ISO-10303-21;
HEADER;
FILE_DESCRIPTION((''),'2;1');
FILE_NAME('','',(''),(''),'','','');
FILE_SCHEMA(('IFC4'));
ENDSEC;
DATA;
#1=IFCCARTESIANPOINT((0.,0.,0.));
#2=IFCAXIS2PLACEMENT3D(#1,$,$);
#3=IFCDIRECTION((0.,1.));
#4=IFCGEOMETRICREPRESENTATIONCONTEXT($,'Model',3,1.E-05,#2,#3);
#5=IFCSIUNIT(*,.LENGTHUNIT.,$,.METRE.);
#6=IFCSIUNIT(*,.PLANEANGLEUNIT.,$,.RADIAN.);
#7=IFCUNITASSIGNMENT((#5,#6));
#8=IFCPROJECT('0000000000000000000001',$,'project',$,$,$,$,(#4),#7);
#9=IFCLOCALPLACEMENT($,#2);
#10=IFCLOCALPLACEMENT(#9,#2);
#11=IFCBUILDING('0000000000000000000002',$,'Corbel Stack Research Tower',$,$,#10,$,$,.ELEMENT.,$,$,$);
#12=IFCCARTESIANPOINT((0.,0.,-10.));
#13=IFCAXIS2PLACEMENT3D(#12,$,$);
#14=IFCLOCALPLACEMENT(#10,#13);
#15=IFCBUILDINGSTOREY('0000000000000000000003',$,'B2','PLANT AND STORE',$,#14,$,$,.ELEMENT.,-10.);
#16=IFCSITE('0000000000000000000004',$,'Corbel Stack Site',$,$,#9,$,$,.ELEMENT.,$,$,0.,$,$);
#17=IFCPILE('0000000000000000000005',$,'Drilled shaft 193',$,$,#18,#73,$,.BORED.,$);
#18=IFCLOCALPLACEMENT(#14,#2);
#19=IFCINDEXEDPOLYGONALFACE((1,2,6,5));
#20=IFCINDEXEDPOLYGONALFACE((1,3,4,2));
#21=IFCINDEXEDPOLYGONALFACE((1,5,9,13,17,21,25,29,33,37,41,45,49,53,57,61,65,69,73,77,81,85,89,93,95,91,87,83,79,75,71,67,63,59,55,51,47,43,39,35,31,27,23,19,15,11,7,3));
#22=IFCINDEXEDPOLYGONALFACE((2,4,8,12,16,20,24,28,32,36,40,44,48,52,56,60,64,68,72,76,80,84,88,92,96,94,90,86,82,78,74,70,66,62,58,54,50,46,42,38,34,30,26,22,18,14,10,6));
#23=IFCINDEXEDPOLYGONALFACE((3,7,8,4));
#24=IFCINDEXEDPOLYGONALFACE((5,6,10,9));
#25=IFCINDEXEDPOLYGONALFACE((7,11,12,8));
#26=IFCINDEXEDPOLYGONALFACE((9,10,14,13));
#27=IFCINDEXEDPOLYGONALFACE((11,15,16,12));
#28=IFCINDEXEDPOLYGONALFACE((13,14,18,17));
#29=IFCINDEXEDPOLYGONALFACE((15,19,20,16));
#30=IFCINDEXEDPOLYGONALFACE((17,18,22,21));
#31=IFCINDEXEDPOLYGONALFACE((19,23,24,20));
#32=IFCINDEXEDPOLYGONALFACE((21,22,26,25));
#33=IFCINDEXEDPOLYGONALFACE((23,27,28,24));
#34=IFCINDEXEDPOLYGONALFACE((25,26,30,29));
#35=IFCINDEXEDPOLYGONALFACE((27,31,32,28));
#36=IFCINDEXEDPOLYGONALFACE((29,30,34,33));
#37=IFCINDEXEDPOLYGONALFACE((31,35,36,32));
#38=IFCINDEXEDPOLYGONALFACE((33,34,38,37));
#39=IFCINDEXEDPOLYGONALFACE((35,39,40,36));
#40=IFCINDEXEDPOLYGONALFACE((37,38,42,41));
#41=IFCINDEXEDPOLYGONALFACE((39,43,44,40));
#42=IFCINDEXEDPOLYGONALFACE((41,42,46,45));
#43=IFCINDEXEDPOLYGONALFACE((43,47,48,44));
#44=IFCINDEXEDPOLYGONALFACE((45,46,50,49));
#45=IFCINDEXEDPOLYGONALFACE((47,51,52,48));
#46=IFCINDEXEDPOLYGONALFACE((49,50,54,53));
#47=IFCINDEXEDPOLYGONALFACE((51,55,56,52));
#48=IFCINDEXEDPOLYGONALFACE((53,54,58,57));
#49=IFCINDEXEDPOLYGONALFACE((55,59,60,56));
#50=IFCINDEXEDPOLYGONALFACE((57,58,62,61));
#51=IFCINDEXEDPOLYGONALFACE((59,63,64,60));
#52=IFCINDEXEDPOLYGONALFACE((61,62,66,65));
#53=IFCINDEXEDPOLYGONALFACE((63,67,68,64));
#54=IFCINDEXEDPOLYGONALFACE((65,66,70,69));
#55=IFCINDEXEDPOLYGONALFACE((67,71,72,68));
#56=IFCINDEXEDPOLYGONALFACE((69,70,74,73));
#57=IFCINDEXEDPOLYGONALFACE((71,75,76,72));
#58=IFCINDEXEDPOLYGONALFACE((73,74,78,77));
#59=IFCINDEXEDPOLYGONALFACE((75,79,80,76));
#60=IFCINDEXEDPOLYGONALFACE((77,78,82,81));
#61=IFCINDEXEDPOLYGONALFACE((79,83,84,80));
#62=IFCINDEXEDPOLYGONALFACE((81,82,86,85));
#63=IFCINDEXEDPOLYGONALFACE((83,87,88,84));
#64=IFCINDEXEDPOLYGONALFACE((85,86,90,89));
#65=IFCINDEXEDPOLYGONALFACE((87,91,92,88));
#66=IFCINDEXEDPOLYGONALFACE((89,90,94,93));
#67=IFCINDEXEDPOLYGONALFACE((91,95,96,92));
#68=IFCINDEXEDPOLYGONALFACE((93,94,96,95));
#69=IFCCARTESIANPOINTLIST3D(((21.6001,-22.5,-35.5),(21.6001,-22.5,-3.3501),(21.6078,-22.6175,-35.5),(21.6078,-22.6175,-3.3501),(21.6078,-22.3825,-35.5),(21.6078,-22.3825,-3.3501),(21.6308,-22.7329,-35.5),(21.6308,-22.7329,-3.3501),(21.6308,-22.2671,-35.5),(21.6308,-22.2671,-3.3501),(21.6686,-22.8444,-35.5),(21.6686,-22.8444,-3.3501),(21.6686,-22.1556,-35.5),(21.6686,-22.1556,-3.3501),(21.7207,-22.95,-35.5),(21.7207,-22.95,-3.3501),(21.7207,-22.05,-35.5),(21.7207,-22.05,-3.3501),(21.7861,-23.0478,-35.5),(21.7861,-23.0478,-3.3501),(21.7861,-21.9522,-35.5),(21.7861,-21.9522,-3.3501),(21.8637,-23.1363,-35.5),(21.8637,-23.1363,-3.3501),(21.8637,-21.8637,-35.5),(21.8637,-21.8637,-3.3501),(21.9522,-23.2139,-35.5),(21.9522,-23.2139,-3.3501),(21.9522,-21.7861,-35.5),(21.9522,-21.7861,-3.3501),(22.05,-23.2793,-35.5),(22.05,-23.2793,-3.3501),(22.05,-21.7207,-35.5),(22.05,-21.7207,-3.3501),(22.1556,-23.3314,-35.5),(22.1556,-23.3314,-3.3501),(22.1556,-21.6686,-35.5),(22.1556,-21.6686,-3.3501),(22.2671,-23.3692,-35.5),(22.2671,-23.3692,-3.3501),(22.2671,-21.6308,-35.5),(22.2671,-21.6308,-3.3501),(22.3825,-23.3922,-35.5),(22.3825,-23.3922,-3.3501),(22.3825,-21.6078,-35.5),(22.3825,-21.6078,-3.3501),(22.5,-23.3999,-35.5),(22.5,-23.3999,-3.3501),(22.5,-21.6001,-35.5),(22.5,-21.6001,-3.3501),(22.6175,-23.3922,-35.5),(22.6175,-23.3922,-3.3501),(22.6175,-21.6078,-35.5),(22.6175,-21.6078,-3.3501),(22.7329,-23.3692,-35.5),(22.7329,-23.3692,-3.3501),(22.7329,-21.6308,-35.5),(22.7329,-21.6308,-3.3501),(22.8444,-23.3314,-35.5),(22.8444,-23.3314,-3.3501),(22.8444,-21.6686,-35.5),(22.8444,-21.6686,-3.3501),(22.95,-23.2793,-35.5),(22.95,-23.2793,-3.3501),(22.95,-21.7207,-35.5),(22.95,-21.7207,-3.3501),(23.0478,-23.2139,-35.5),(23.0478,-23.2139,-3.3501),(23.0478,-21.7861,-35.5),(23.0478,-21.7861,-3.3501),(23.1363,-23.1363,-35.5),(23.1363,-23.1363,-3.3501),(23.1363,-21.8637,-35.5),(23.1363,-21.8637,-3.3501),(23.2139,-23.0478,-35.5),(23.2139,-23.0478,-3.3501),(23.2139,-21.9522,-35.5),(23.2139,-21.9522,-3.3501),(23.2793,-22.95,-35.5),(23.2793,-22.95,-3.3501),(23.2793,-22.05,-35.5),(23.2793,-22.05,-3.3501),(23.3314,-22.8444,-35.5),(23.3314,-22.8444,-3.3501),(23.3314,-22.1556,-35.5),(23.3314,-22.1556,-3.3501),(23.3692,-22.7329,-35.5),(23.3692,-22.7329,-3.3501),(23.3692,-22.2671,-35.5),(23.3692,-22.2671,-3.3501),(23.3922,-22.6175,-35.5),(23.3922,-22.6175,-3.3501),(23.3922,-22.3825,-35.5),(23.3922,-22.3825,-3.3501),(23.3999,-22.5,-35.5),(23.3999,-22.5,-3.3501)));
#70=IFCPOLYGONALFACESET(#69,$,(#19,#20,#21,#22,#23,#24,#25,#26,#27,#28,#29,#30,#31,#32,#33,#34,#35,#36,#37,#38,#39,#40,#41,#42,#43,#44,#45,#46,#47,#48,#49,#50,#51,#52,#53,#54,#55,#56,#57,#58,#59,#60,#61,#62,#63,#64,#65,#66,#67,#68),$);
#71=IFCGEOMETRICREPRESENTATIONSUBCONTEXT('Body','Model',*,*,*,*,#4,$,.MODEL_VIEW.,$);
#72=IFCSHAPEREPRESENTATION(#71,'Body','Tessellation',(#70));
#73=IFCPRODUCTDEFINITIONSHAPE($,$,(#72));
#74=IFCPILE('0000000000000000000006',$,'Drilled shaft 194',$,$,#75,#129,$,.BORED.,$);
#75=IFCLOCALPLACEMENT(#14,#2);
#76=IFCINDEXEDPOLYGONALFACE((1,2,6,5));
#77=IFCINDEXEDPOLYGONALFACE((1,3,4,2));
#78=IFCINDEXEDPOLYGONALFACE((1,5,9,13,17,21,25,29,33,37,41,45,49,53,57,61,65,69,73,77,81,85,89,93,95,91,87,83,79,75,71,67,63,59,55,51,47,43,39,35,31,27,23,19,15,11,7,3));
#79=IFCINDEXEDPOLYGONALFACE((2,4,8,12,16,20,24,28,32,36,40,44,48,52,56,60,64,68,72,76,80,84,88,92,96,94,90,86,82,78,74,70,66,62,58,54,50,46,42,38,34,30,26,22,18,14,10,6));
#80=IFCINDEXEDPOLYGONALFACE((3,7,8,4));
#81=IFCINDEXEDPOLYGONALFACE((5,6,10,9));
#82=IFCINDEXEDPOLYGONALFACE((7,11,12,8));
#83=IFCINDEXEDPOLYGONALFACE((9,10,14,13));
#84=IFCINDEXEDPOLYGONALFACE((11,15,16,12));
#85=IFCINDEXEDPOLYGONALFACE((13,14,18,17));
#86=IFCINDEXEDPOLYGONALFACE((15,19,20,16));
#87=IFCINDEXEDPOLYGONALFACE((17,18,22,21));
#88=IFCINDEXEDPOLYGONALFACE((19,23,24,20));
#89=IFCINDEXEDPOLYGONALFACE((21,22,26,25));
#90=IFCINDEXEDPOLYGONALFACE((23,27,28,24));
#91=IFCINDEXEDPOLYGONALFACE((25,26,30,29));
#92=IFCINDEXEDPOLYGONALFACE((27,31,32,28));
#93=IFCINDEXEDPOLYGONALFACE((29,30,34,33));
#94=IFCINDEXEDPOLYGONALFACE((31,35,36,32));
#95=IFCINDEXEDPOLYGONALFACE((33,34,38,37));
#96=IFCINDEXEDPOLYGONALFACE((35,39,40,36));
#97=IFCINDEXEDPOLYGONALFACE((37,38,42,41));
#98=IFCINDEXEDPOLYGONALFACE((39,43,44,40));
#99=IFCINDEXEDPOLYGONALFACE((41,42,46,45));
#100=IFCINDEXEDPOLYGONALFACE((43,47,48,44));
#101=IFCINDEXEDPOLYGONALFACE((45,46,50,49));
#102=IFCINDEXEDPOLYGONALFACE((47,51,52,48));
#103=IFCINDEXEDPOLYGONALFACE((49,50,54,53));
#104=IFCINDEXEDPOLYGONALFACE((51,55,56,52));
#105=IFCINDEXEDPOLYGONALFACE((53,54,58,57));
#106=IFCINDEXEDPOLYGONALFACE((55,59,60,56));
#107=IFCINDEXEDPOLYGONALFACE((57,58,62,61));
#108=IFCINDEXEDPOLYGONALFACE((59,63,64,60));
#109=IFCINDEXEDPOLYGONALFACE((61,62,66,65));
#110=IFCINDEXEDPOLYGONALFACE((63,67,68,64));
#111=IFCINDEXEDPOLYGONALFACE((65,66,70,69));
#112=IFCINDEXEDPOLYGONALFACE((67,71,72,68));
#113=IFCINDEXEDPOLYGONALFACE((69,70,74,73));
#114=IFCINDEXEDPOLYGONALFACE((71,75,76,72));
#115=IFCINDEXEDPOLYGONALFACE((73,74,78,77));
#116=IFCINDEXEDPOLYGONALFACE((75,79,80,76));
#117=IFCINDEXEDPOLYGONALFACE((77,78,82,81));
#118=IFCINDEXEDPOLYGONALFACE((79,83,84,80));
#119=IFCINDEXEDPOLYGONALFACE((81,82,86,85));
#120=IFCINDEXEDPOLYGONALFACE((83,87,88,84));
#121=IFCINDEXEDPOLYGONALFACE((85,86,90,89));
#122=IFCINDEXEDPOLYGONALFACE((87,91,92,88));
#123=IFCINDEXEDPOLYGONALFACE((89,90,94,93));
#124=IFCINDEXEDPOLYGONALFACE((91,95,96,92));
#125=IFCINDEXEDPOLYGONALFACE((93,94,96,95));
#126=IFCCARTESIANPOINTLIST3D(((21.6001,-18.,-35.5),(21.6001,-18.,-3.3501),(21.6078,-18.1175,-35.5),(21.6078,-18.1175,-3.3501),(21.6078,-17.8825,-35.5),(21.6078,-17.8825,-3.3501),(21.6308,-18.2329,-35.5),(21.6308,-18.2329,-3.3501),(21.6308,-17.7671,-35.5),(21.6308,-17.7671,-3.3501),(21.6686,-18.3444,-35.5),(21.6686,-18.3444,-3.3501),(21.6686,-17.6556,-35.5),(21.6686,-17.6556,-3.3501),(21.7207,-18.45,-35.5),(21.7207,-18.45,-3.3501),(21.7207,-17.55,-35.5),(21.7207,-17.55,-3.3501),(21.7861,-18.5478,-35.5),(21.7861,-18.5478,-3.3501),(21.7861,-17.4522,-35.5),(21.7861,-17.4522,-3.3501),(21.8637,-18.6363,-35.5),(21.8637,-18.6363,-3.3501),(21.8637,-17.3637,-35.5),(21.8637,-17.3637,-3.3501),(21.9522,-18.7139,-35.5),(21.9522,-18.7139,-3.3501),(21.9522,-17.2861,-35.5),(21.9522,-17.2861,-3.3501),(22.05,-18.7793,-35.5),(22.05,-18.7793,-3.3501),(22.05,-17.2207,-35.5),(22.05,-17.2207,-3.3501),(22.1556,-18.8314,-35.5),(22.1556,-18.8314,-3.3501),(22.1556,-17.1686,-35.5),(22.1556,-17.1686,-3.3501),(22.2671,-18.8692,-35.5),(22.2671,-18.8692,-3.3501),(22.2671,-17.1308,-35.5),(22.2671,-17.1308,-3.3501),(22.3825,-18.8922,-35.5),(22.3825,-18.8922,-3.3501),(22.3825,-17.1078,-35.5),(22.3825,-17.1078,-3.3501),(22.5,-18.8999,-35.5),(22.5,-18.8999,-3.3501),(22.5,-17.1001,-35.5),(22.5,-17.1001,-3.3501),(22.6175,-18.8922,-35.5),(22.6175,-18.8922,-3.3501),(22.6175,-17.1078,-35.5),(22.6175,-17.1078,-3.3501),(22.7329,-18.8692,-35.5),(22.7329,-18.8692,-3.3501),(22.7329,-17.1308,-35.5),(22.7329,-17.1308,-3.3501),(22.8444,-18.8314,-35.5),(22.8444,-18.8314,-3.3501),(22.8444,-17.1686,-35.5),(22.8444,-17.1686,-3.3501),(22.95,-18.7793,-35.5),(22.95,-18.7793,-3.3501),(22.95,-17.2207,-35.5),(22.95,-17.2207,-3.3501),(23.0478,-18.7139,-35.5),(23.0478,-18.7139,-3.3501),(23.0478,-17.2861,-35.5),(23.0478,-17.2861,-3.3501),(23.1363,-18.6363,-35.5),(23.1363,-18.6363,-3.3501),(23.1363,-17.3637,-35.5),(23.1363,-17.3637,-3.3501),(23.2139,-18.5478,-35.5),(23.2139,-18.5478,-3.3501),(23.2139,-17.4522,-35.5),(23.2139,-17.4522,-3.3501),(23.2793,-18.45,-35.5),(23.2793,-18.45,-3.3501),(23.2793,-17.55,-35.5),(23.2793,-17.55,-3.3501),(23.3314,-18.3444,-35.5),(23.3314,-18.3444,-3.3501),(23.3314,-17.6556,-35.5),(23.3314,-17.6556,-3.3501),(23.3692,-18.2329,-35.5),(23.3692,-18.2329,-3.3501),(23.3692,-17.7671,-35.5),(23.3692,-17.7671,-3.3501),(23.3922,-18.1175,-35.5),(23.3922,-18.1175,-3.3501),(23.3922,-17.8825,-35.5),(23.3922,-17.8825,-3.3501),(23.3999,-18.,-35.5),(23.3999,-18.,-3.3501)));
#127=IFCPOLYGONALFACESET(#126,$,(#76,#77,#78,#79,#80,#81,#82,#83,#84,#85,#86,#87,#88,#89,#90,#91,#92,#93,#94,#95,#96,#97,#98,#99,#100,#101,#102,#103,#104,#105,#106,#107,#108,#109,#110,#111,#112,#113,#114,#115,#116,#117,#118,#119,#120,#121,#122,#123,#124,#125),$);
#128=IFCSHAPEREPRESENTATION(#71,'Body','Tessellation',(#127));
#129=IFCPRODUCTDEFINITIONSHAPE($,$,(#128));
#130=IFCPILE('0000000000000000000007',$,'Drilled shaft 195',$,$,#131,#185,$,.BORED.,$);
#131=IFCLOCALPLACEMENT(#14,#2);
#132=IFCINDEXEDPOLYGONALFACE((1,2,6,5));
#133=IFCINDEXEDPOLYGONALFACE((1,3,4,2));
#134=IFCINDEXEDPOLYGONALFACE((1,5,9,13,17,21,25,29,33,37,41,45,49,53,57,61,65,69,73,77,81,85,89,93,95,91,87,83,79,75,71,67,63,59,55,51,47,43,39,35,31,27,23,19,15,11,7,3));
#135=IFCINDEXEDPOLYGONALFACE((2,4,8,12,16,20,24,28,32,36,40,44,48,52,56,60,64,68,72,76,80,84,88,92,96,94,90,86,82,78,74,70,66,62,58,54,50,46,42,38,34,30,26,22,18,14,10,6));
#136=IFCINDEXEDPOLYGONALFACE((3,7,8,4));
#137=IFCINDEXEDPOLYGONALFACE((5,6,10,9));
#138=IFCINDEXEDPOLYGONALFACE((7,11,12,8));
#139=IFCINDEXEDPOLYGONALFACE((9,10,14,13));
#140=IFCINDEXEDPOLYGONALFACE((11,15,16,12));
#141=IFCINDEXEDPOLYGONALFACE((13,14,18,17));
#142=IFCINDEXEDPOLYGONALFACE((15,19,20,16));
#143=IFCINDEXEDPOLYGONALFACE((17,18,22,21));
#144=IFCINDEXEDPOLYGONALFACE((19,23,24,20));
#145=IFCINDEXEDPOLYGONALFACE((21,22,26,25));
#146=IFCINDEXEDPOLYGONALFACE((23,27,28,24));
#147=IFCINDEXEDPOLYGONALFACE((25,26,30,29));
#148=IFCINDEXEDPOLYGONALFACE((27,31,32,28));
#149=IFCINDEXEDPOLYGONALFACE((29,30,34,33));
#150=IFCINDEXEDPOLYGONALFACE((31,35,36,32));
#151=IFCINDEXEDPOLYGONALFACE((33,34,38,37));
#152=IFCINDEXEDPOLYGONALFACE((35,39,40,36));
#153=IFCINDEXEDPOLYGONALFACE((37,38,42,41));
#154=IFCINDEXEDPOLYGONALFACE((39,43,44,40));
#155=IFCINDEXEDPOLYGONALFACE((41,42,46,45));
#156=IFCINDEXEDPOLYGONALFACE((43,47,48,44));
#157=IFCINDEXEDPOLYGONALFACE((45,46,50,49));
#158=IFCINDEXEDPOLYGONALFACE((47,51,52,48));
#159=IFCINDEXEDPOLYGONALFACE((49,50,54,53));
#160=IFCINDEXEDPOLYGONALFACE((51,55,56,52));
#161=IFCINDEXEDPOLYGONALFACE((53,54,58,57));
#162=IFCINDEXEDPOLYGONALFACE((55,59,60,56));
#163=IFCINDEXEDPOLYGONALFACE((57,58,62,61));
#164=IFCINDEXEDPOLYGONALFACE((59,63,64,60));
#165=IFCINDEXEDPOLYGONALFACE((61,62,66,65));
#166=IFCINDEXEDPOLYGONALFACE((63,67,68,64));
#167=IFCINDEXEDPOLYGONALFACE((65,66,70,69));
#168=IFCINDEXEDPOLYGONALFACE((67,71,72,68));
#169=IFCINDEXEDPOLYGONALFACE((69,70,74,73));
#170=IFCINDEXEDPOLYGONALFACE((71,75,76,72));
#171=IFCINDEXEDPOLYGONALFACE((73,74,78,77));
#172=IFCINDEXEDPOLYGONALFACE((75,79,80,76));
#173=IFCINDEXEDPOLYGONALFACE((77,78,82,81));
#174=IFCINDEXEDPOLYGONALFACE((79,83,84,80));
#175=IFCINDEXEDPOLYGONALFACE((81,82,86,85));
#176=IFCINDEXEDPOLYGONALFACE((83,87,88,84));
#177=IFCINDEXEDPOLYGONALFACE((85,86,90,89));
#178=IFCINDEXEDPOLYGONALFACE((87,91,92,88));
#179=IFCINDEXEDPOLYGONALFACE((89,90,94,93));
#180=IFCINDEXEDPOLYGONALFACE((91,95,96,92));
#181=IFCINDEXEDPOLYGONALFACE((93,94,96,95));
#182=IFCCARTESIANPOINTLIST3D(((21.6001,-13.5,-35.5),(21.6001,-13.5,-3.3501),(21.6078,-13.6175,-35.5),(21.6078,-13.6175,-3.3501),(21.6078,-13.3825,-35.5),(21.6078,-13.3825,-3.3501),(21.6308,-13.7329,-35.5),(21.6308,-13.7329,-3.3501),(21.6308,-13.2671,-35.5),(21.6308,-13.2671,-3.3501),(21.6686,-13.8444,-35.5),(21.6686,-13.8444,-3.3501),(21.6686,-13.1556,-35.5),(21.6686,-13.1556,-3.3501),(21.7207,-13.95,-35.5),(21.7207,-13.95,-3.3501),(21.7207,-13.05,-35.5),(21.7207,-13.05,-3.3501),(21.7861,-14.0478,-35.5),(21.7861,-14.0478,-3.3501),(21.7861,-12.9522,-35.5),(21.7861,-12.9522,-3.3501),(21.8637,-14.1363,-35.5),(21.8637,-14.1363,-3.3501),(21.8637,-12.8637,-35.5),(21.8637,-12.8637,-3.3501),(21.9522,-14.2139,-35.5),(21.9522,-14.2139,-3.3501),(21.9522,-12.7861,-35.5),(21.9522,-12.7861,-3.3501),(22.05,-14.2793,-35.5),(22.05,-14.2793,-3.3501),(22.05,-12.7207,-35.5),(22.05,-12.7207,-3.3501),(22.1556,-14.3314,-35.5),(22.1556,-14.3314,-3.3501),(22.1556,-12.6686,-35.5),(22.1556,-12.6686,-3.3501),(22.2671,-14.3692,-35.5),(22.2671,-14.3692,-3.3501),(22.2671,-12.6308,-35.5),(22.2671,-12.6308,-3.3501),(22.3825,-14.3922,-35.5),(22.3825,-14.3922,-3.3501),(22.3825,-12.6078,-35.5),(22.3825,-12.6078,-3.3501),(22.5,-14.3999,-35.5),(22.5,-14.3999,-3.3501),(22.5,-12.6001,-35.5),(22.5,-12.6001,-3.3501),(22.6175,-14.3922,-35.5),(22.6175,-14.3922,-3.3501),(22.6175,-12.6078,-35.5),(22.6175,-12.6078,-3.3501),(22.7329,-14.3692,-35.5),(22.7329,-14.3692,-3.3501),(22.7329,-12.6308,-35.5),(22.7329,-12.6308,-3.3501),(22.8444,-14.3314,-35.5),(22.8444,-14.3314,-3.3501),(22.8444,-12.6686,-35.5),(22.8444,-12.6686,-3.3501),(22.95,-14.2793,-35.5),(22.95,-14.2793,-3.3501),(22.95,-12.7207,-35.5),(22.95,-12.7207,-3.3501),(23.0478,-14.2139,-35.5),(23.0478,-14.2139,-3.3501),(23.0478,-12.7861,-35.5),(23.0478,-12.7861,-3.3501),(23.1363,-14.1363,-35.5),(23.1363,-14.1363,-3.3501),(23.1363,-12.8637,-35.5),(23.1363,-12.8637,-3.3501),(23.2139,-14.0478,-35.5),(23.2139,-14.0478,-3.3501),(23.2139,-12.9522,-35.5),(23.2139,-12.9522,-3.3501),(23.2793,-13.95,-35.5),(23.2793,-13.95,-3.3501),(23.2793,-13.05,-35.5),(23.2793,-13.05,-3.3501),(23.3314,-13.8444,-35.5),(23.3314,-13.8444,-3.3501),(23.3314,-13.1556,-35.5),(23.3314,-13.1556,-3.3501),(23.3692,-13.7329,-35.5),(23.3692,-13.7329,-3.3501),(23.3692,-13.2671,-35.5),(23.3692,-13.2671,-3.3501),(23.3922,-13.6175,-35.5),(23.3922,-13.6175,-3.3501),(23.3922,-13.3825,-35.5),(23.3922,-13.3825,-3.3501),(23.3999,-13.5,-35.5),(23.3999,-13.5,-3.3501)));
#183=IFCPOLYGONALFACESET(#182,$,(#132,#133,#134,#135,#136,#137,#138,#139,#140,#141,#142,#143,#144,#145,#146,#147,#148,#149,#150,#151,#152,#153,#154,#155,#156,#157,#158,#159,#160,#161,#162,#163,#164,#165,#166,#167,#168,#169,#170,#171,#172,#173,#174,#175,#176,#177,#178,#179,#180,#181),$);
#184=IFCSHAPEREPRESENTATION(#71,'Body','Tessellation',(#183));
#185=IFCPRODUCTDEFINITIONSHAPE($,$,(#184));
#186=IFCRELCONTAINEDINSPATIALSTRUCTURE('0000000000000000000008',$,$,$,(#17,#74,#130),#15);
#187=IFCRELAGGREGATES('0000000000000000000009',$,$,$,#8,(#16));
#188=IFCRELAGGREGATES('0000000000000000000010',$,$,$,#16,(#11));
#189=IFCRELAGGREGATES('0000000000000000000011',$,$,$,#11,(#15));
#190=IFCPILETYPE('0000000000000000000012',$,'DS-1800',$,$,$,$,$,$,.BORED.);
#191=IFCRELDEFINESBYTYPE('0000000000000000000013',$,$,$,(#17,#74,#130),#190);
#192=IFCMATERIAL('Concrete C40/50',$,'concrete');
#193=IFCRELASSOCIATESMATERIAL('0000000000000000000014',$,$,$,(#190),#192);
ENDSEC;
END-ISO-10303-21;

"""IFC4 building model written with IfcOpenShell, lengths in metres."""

from ifc_helpers import new_model, si_unit, direction, frame, origin, origin_2d, place, context, subcontext, project, spatial, circle, extrude, material, material_profile, profile_set, type_object, element, save


model = new_model("IFC4")

# Units and contexts
model_context = context("Model", 3, precision=1e-05, world=origin(), true_north=direction((0.0, 1.0)))
body_context = subcontext(model_context, "Body", "Model", "MODEL_VIEW")
ifc_project = project(units=[si_unit("LENGTHUNIT", "METRE"), si_unit("PLANEANGLEUNIT", "RADIAN")], contexts=[model_context])

# Site, building, storey
site_placement = place(None, origin())
site = spatial("IfcSite", under=ifc_project, at=site_placement, Name="Corbel Stack Site", CompositionType="ELEMENT", RefElevation=0.0)
building_placement = place(site_placement, origin())
building = spatial("IfcBuilding", under=site, at=building_placement, Name="Corbel Stack Research Tower", CompositionType="ELEMENT")
storey_placement = place(building_placement, frame((0.0, 0.0, -10.0)))
storey = spatial("IfcBuildingStorey", under=building, at=storey_placement, Name="B2", Description="PLANT AND STORE", CompositionType="ELEMENT", Elevation=-10.0)

# Piles
ifc_material_1 = material(Name="Concrete C40/50", Category="concrete")
ifc_material_profile_1 = material_profile(ifc_material_1, circle(Radius=0.8999, at=origin_2d()), Name="Shaft 1800")
ifc_profile_set_1 = profile_set([ifc_material_profile_1], Name="Concrete C40/50")
pile_type = type_object("IfcPileType", Name="DS-1800", PredefinedType="BORED", material=ifc_profile_set_1)
for number, where, z_axis, x_axis, name in (
    (1, (22.5, -22.5, -3.3501), (0.0, 0.0, -1.0), (1.0, 0.0, 0.0), "Drilled shaft 193"),
    (2, (22.5, -18.0, -3.3501), (0.0, 0.0, -1.0), (1.0, 0.0, 0.0), "Drilled shaft 194"),
    (3, (22.5, -13.5, -3.3501), (0.0, 0.0, -1.0), (1.0, 0.0, 0.0), "Drilled shaft 195"),
):
    element("IfcPile", number, at=place(storey_placement, frame(where, z_axis=z_axis, x_axis=x_axis)), inside=storey, type_object=pile_type, Name=name, PredefinedType="BORED", context=body_context, shape_type="SweptSolid", body=[
        extrude(circle(Radius=0.8999, at=origin_2d()), origin(), (0.0, 0.0, 1.0), 32.1499),
    ])

save(model, "model.ifc")
